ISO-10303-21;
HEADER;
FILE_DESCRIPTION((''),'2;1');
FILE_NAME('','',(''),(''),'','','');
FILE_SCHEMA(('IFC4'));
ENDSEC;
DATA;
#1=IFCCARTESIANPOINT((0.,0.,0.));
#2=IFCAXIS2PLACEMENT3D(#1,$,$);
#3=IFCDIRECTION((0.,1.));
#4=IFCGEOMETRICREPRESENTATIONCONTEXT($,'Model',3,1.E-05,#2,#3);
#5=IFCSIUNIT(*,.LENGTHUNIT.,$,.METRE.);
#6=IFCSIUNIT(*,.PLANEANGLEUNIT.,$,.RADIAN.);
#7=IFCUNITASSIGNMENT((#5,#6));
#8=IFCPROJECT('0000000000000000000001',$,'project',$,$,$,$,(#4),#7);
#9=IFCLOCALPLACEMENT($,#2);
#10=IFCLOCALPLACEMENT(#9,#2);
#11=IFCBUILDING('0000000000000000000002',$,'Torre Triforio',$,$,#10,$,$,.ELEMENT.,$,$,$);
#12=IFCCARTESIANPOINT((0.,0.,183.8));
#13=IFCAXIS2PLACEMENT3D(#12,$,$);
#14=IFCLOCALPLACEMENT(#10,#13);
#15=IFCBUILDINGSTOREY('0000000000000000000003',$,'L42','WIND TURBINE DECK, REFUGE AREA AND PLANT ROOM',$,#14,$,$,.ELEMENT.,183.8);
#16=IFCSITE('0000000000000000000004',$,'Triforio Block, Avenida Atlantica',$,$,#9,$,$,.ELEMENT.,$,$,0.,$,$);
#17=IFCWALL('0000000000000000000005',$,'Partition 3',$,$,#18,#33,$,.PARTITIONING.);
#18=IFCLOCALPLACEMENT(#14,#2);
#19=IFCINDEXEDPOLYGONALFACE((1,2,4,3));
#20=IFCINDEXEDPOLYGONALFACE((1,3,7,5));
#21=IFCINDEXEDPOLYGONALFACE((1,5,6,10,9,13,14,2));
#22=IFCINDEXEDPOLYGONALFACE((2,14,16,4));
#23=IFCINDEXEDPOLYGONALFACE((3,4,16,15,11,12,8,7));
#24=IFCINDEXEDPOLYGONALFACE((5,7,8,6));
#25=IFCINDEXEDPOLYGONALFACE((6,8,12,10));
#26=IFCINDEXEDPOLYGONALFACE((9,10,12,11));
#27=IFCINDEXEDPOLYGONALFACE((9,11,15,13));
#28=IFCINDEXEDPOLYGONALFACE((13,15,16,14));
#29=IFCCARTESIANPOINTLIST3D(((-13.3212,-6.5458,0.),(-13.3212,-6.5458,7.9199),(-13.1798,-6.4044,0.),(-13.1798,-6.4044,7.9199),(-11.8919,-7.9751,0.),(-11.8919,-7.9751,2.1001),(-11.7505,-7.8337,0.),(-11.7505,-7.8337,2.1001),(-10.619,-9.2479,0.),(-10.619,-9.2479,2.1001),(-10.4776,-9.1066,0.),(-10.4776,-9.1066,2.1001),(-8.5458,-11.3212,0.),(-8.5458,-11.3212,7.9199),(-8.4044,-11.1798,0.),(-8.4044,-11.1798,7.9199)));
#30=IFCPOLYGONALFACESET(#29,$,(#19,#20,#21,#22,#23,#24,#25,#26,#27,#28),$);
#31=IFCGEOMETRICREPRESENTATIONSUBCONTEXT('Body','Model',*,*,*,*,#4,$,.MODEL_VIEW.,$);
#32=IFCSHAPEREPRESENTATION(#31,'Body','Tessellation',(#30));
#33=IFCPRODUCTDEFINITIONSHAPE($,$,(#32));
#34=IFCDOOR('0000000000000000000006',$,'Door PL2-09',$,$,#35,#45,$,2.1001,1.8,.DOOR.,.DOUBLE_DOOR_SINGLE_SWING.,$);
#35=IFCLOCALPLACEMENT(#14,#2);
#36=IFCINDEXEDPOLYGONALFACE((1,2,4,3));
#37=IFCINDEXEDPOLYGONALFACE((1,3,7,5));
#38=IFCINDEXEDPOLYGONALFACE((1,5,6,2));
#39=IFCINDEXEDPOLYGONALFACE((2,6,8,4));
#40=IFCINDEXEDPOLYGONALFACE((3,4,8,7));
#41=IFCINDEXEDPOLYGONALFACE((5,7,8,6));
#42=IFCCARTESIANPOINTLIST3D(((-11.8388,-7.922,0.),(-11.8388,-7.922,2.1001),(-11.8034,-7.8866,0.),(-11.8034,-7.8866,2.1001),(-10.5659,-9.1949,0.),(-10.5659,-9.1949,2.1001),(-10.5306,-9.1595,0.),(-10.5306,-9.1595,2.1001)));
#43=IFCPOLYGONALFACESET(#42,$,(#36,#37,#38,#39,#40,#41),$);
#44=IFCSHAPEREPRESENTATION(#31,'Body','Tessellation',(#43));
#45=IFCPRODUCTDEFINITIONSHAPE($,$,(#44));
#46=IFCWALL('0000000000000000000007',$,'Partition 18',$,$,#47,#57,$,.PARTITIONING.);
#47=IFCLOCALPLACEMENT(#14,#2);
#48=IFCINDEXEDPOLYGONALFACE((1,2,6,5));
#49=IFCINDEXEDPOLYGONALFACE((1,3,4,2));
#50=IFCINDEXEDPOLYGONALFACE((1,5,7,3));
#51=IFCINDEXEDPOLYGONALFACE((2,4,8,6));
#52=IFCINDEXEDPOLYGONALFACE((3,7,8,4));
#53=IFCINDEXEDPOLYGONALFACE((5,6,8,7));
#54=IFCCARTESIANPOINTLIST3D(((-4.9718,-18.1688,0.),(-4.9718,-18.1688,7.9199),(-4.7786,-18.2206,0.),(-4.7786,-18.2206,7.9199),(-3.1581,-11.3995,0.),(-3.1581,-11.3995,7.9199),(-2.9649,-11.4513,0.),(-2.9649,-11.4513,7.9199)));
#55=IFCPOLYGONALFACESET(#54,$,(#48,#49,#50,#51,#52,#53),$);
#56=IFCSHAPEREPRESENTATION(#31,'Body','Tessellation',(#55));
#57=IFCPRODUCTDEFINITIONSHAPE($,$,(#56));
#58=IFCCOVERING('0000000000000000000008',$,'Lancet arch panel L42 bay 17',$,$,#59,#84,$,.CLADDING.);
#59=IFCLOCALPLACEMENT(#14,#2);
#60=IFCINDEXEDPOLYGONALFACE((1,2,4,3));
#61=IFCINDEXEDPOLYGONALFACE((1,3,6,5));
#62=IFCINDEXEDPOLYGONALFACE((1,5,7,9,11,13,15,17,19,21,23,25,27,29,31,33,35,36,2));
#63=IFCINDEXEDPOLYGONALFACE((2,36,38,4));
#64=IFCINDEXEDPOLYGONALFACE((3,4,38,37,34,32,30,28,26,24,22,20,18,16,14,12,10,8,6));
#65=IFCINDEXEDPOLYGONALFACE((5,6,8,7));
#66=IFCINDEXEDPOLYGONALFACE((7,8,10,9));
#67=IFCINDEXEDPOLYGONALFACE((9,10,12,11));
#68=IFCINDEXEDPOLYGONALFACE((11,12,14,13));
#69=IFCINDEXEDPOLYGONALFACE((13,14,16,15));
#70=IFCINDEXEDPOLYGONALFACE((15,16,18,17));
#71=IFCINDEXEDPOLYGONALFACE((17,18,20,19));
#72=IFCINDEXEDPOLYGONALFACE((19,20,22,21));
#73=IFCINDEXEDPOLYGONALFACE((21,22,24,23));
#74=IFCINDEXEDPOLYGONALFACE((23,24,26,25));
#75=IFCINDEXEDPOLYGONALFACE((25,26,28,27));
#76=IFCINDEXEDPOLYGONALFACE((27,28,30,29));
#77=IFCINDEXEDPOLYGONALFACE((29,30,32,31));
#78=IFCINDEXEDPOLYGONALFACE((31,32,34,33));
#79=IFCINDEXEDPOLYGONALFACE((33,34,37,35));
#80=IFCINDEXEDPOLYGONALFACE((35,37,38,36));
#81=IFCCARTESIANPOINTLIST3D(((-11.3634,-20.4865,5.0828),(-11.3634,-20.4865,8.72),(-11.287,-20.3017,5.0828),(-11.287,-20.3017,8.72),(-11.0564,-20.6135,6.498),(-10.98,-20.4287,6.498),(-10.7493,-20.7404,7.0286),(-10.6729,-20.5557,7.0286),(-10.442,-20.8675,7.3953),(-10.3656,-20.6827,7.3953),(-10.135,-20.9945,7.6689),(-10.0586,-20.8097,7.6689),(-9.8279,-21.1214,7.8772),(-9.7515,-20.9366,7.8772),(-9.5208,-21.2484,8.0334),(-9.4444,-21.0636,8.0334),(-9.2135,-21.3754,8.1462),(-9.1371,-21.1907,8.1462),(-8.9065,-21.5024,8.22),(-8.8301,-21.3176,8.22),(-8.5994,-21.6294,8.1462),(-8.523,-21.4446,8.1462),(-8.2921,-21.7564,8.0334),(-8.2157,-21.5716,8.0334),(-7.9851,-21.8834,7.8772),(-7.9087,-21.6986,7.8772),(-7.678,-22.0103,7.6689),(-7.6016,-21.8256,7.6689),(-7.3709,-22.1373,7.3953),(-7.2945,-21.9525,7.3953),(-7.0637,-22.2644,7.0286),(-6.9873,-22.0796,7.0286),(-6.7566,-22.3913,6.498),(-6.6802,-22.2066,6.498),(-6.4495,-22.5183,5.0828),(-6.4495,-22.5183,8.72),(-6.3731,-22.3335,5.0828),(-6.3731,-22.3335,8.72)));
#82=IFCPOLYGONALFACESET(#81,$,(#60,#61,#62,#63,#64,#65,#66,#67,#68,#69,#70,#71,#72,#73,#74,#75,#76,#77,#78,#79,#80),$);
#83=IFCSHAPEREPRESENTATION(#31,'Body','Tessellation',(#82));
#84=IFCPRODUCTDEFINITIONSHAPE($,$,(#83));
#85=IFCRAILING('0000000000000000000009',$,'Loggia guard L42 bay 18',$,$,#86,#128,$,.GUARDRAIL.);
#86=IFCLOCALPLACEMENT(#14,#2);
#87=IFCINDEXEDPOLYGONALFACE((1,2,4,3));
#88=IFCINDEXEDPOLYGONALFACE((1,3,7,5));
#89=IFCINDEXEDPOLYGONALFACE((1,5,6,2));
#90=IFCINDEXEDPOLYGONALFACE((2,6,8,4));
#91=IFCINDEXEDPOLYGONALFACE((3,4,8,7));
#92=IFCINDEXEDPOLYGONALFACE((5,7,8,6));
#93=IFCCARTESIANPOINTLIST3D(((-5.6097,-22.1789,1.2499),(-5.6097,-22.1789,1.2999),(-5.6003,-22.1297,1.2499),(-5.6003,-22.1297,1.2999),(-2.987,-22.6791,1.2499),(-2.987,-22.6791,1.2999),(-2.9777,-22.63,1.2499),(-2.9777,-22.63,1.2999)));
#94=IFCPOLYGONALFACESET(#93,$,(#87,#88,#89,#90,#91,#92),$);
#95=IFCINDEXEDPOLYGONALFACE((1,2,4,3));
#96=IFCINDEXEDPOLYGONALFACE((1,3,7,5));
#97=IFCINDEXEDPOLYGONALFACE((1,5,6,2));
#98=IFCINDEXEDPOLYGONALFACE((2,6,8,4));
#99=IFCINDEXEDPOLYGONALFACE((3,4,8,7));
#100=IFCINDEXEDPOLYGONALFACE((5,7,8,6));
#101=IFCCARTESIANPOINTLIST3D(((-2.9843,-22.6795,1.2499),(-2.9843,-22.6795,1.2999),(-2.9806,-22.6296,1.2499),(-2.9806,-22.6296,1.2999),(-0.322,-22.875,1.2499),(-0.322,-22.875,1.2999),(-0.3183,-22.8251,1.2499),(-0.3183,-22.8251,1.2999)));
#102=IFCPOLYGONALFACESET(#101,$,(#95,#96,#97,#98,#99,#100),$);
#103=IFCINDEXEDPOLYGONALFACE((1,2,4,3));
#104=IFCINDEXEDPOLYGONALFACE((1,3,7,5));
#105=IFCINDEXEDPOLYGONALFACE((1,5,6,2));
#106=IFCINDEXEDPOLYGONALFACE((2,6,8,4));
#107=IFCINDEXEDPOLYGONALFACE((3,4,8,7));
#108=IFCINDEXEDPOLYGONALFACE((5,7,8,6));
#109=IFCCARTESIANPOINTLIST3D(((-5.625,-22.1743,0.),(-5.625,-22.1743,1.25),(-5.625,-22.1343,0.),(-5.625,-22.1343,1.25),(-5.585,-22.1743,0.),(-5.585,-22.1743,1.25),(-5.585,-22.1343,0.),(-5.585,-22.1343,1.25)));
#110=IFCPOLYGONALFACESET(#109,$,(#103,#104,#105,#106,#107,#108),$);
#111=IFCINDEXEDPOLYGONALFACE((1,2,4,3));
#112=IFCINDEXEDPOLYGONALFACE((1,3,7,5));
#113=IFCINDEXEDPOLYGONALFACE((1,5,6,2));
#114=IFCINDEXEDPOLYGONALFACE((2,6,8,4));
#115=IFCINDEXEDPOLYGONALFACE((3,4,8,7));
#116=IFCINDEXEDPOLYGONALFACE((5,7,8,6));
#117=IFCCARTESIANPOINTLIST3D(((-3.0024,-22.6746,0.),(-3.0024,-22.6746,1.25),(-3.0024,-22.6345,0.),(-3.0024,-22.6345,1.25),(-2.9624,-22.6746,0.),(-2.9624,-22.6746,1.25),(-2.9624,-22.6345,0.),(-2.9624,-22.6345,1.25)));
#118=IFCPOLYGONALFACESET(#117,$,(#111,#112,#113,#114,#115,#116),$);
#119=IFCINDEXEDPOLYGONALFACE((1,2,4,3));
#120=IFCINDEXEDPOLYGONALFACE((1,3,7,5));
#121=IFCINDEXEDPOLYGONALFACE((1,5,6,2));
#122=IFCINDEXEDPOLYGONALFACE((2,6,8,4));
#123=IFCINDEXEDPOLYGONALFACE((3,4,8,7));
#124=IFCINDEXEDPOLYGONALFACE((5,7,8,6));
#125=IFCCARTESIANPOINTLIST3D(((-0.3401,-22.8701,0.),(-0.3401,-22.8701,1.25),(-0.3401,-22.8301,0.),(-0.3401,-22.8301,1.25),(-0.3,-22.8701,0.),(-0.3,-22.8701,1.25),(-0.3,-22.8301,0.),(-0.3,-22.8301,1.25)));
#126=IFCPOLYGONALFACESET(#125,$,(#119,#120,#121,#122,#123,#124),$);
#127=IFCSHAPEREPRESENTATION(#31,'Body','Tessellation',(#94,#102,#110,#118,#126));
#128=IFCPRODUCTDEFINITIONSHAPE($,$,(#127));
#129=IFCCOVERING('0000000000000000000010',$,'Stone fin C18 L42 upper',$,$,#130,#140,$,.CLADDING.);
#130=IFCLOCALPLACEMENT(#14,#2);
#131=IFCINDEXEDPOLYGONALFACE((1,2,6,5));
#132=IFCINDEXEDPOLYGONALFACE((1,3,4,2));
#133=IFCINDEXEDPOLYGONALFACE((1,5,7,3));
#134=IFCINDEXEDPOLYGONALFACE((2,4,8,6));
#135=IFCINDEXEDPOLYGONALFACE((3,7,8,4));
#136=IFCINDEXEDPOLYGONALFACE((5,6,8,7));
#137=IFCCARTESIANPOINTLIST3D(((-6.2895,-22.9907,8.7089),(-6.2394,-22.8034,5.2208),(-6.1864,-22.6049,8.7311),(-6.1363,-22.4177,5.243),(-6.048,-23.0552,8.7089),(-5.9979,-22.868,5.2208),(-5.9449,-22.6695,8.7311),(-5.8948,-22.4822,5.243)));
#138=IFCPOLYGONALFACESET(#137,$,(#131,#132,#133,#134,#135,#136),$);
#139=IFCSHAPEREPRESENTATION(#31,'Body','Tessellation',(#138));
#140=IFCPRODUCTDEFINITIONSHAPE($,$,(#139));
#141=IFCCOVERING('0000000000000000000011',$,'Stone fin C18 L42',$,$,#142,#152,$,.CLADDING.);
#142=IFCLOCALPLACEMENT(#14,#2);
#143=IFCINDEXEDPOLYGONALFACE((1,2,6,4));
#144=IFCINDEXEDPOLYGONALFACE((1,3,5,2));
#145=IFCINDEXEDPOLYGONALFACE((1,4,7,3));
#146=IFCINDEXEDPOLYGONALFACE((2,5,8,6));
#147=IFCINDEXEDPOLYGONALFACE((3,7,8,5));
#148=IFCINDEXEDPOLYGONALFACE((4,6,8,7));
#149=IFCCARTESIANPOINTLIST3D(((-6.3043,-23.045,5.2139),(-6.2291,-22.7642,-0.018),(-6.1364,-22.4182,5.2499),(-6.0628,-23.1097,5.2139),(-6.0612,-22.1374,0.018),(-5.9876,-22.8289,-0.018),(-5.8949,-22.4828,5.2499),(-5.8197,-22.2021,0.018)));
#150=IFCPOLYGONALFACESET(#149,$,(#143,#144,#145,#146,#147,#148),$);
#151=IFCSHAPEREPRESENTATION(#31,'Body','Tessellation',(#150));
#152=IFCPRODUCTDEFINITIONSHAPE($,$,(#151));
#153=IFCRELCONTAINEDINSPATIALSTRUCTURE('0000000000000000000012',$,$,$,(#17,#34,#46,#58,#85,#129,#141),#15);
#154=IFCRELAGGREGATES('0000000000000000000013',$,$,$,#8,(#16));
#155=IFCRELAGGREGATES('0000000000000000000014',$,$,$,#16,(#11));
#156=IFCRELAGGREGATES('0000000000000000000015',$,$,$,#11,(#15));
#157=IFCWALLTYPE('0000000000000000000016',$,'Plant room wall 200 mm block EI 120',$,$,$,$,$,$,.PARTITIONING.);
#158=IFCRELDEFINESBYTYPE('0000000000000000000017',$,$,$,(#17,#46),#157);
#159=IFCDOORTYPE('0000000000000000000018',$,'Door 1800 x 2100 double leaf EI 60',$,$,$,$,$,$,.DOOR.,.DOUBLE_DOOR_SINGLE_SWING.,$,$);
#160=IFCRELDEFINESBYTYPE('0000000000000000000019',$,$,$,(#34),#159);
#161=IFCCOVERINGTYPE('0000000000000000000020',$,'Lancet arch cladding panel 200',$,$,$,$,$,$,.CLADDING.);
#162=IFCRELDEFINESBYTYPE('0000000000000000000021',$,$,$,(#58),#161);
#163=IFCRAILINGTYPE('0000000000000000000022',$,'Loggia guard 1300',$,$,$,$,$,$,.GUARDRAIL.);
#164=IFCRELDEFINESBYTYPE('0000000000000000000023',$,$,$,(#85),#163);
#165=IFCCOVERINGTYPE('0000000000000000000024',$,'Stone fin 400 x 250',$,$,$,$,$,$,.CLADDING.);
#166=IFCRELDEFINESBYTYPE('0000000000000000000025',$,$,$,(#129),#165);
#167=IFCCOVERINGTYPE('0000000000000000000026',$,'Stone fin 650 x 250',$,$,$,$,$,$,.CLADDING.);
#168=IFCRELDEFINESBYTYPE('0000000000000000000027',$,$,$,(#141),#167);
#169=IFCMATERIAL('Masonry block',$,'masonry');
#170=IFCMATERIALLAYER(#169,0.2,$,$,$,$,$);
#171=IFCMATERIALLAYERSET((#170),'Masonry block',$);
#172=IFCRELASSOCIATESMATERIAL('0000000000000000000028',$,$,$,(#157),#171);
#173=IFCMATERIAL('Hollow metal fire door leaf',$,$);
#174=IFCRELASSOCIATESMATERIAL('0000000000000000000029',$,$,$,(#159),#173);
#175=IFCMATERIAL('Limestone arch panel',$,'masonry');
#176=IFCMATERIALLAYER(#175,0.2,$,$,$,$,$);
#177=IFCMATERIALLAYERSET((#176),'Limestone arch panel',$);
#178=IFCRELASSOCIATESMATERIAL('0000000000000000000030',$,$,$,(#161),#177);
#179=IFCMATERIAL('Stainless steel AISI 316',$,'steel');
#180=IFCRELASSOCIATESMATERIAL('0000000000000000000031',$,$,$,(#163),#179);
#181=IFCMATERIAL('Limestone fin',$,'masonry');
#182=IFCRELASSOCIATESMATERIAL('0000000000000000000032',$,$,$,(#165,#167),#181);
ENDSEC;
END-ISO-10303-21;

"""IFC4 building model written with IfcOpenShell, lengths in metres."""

from ifc_helpers import new_model, si_unit, direction, frame, frame_2d, origin, origin_2d, place, context, subcontext, project, spatial, polyline, rectangle, outline, extrude, material, layer, layer_set, material_profile, profile_set, type_object, element, fill, save


model = new_model("IFC4")

# Units and contexts
model_context = context("Model", 3, precision=1e-05, world=origin(), true_north=direction((0.0, 1.0)))
body_context = subcontext(model_context, "Body", "Model", "MODEL_VIEW")
ifc_project = project(units=[si_unit("LENGTHUNIT", "METRE"), si_unit("PLANEANGLEUNIT", "RADIAN")], contexts=[model_context])

# Site, building, storey
site_placement = place(None, origin())
site = spatial("IfcSite", under=ifc_project, at=site_placement, Name="Triforio Block, Avenida Atlantica", CompositionType="ELEMENT", RefElevation=0.0)
building_placement = place(site_placement, origin())
building = spatial("IfcBuilding", under=site, at=building_placement, Name="Torre Triforio", CompositionType="ELEMENT")
storey_placement = place(building_placement, frame((0.0, 0.0, 183.8)))
storey = spatial("IfcBuildingStorey", under=building, at=storey_placement, Name="L42", Description="WIND TURBINE DECK, REFUGE AREA AND PLANT ROOM", CompositionType="ELEMENT", Elevation=183.8)

# Wall, opening, door
ifc_material_1 = material(Name="Masonry block", Category="masonry")
ifc_layer_1 = layer(ifc_material_1, 0.2)
ifc_layer_set_1 = layer_set([ifc_layer_1], Name="Masonry block")
wall_type_1 = type_object("IfcWallType", Name="Plant room wall 200 mm block EI 120", PredefinedType="PARTITIONING", material=ifc_layer_set_1)
wall_1_placement = place(storey_placement, frame((-8.4751, -11.2505, 0.0), z_axis=(0.0, 0.0, 1.0), x_axis=(-0.707107, 0.707107, 0.0)))
wall_1 = element("IfcWall", 1, at=wall_1_placement, inside=storey, type_object=wall_type_1, Name="Partition 3", PredefinedType="PARTITIONING", context=body_context, shape_type="SweptSolid", body=[
    extrude(rectangle(XDim=6.7534, YDim=0.2, at=frame_2d((3.3767, 0.0))), origin(), (0.0, 0.0, 1.0), 7.9199),
])
opening_1_placement = place(wall_1_placement, frame((2.9321, 0.0, 0.0)))
opening_1 = element("IfcOpeningElement", 2, at=opening_1_placement, cuts=wall_1, PredefinedType="OPENING", context=body_context, shape_type="SweptSolid", body=[
    extrude(rectangle(XDim=1.8, YDim=2.1001, at=frame_2d((0.8999, 1.05))), frame((0.0, 0.1099, 0.0), z_axis=(0.0, -1.0, 0.0), x_axis=(1.0, 0.0, 0.0)), (0.0, 0.0, 1.0), 0.22),
])
ifc_material_2 = material(Name="Hollow metal fire door leaf")
door_type_1 = type_object("IfcDoorType", Name="Door 1800 x 2100 double leaf EI 60", OperationType="DOUBLE_DOOR_SINGLE_SWING", PredefinedType="DOOR", material=ifc_material_2)
door_1_placement = place(opening_1_placement, origin())
door_1 = element("IfcDoor", 3, at=door_1_placement, inside=storey, type_object=door_type_1, Name="Door PL2-09", OperationType="DOUBLE_DOOR_SINGLE_SWING", OverallHeight=2.1001, OverallWidth=1.8, PredefinedType="DOOR", context=body_context, shape_type="SweptSolid", body=[
    extrude(rectangle(XDim=1.8, YDim=2.1001, at=frame_2d((0.8999, 1.05))), frame((0.0, 0.0249, 0.0), z_axis=(0.0, -1.0, 0.0), x_axis=(1.0, 0.0, 0.0)), (0.0, 0.0, 1.0), 0.05),
])
fill(opening_1, door_1)

# Wall
wall_2_placement = place(storey_placement, frame((-3.0615, -11.4255, 0.0), z_axis=(0.0, 0.0, 1.0), x_axis=(-0.258805, -0.96593, 0.0)))
element("IfcWall", 4, at=wall_2_placement, inside=storey, type_object=wall_type_1, Name="Partition 18", PredefinedType="PARTITIONING", context=body_context, shape_type="SweptSolid", body=[
    extrude(rectangle(XDim=7.0081, YDim=0.2, at=frame_2d((3.5039, 0.0))), origin(), (0.0, 0.0, 1.0), 7.9199),
])

# Covering
ifc_material_3 = material(Name="Limestone arch panel", Category="masonry")
ifc_layer_2 = layer(ifc_material_3, 0.2)
ifc_layer_set_2 = layer_set([ifc_layer_2], Name="Limestone arch panel")
covering_type_1 = type_object("IfcCoveringType", Name="Lancet arch cladding panel 200", PredefinedType="CLADDING", material=ifc_layer_set_2)
covering_1_placement = place(storey_placement, frame((-8.8301, -21.3176, 0.0), z_axis=(-0.3821, -0.924121, 0.0), x_axis=(0.924121, -0.3821, 0.0)))
element("IfcCovering", 5, at=covering_1_placement, inside=storey, type_object=covering_type_1, Name="Lancet arch panel L42 bay 17", PredefinedType="CLADDING", context=body_context, shape_type="SweptSolid", body=[
    extrude(outline(polyline([(-2.6587, 8.72), (-2.6587, 5.0828), (-2.3264, 6.498), (-1.9941, 7.0286), (-1.6616, 7.3953), (-1.3293, 7.6689), (-0.9971, 7.8772), (-0.6648, 8.0334), (-0.3323, 8.1462), (0.0, 8.22), (0.3323, 8.1462), (0.6648, 8.0334), (0.9971, 7.8772), (1.3293, 7.6689), (1.6616, 7.3953), (1.9941, 7.0286), (2.3264, 6.498), (2.6587, 5.0828), (2.6587, 8.72), (-2.6587, 8.72)])), origin(), (0.0, 0.0, 1.0), 0.2),
])

# Railing
ifc_material_4 = material(Name="Stainless steel AISI 316", Category="steel")
railing_type = type_object("IfcRailingType", Name="Loggia guard 1300", PredefinedType="GUARDRAIL", material=ifc_material_4)
railing_placement = place(storey_placement, frame((-5.605, -22.1543, 0.0)))
element("IfcRailing", 6, at=railing_placement, inside=storey, type_object=railing_type, Name="Loggia guard L42 bay 18", PredefinedType="GUARDRAIL", context=body_context, shape_type="SweptSolid", body=[
    extrude(rectangle(XDim=0.05, YDim=0.05, at=origin_2d()), frame((0.0, 0.0, 1.2749), z_axis=(0.98229, -0.187368, 0.0), x_axis=(0.187368, 0.98229, 0.0)), (0.0, 0.0, 1.0), 2.6699),
    extrude(rectangle(XDim=0.05, YDim=0.05, at=origin_2d()), frame((2.6226, -0.5002, 1.2749), z_axis=(0.997313, -0.073255, 0.0), x_axis=(0.073255, 0.997313, 0.0)), (0.0, 0.0, 1.0), 2.6694),
    extrude(rectangle(XDim=0.04, YDim=0.04, at=origin_2d()), origin(), (0.0, 0.0, 1.0), 1.25),
    extrude(rectangle(XDim=0.04, YDim=0.04, at=origin_2d()), frame((2.6226, -0.5002, 0.0)), (0.0, 0.0, 1.0), 1.25),
    extrude(rectangle(XDim=0.04, YDim=0.04, at=origin_2d()), frame((5.2849, -0.6958, 0.0)), (0.0, 0.0, 1.0), 1.25),
])

# Coverings
ifc_material_5 = material(Name="Limestone fin", Category="masonry")
ifc_material_profile_1 = material_profile(ifc_material_5, rectangle(XDim=0.3999, YDim=0.25, at=origin_2d()), Name="FIN 400x250")
ifc_profile_set_1 = profile_set([ifc_material_profile_1], Name="Limestone fin")
covering_type_2 = type_object("IfcCoveringType", Name="Stone fin 400 x 250", PredefinedType="CLADDING", material=ifc_profile_set_1)
covering_2_placement = place(storey_placement, frame((-6.0671, -22.6428, 5.2319), z_axis=(-0.014327, -0.053602, 0.99846), x_axis=(0.257814, 0.9646, 0.055484)))
element("IfcCovering", 7, at=covering_2_placement, inside=storey, type_object=covering_type_2, Name="Stone fin C18 L42 upper", PredefinedType="CLADDING", context=body_context, shape_type="SweptSolid", body=[
    extrude(rectangle(XDim=0.3999, YDim=0.25, at=origin_2d()), origin(), (0.0, 0.0, 1.0), 3.4934),
])
ifc_material_profile_2 = material_profile(ifc_material_5, rectangle(XDim=0.6499, YDim=0.25, at=origin_2d()), Name="FIN 650x250")
ifc_profile_set_2 = profile_set([ifc_material_profile_2], Name="Limestone fin")
covering_type_3 = type_object("IfcCoveringType", Name="Stone fin 650 x 250", PredefinedType="CLADDING", material=ifc_profile_set_2)
covering_3_placement = place(storey_placement, frame((-6.0244, -22.4832, 0.0), z_axis=(-0.01435, -0.05358, 0.99846), x_axis=(0.25831, 0.964468, 0.055469)))
element("IfcCovering", 8, at=covering_3_placement, inside=storey, type_object=covering_type_3, Name="Stone fin C18 L42", PredefinedType="CLADDING", context=body_context, shape_type="SweptSolid", body=[
    extrude(rectangle(XDim=0.6499, YDim=0.25, at=origin_2d()), origin(), (0.0, 0.0, 1.0), 5.24),
])

save(model, "model.ifc")
